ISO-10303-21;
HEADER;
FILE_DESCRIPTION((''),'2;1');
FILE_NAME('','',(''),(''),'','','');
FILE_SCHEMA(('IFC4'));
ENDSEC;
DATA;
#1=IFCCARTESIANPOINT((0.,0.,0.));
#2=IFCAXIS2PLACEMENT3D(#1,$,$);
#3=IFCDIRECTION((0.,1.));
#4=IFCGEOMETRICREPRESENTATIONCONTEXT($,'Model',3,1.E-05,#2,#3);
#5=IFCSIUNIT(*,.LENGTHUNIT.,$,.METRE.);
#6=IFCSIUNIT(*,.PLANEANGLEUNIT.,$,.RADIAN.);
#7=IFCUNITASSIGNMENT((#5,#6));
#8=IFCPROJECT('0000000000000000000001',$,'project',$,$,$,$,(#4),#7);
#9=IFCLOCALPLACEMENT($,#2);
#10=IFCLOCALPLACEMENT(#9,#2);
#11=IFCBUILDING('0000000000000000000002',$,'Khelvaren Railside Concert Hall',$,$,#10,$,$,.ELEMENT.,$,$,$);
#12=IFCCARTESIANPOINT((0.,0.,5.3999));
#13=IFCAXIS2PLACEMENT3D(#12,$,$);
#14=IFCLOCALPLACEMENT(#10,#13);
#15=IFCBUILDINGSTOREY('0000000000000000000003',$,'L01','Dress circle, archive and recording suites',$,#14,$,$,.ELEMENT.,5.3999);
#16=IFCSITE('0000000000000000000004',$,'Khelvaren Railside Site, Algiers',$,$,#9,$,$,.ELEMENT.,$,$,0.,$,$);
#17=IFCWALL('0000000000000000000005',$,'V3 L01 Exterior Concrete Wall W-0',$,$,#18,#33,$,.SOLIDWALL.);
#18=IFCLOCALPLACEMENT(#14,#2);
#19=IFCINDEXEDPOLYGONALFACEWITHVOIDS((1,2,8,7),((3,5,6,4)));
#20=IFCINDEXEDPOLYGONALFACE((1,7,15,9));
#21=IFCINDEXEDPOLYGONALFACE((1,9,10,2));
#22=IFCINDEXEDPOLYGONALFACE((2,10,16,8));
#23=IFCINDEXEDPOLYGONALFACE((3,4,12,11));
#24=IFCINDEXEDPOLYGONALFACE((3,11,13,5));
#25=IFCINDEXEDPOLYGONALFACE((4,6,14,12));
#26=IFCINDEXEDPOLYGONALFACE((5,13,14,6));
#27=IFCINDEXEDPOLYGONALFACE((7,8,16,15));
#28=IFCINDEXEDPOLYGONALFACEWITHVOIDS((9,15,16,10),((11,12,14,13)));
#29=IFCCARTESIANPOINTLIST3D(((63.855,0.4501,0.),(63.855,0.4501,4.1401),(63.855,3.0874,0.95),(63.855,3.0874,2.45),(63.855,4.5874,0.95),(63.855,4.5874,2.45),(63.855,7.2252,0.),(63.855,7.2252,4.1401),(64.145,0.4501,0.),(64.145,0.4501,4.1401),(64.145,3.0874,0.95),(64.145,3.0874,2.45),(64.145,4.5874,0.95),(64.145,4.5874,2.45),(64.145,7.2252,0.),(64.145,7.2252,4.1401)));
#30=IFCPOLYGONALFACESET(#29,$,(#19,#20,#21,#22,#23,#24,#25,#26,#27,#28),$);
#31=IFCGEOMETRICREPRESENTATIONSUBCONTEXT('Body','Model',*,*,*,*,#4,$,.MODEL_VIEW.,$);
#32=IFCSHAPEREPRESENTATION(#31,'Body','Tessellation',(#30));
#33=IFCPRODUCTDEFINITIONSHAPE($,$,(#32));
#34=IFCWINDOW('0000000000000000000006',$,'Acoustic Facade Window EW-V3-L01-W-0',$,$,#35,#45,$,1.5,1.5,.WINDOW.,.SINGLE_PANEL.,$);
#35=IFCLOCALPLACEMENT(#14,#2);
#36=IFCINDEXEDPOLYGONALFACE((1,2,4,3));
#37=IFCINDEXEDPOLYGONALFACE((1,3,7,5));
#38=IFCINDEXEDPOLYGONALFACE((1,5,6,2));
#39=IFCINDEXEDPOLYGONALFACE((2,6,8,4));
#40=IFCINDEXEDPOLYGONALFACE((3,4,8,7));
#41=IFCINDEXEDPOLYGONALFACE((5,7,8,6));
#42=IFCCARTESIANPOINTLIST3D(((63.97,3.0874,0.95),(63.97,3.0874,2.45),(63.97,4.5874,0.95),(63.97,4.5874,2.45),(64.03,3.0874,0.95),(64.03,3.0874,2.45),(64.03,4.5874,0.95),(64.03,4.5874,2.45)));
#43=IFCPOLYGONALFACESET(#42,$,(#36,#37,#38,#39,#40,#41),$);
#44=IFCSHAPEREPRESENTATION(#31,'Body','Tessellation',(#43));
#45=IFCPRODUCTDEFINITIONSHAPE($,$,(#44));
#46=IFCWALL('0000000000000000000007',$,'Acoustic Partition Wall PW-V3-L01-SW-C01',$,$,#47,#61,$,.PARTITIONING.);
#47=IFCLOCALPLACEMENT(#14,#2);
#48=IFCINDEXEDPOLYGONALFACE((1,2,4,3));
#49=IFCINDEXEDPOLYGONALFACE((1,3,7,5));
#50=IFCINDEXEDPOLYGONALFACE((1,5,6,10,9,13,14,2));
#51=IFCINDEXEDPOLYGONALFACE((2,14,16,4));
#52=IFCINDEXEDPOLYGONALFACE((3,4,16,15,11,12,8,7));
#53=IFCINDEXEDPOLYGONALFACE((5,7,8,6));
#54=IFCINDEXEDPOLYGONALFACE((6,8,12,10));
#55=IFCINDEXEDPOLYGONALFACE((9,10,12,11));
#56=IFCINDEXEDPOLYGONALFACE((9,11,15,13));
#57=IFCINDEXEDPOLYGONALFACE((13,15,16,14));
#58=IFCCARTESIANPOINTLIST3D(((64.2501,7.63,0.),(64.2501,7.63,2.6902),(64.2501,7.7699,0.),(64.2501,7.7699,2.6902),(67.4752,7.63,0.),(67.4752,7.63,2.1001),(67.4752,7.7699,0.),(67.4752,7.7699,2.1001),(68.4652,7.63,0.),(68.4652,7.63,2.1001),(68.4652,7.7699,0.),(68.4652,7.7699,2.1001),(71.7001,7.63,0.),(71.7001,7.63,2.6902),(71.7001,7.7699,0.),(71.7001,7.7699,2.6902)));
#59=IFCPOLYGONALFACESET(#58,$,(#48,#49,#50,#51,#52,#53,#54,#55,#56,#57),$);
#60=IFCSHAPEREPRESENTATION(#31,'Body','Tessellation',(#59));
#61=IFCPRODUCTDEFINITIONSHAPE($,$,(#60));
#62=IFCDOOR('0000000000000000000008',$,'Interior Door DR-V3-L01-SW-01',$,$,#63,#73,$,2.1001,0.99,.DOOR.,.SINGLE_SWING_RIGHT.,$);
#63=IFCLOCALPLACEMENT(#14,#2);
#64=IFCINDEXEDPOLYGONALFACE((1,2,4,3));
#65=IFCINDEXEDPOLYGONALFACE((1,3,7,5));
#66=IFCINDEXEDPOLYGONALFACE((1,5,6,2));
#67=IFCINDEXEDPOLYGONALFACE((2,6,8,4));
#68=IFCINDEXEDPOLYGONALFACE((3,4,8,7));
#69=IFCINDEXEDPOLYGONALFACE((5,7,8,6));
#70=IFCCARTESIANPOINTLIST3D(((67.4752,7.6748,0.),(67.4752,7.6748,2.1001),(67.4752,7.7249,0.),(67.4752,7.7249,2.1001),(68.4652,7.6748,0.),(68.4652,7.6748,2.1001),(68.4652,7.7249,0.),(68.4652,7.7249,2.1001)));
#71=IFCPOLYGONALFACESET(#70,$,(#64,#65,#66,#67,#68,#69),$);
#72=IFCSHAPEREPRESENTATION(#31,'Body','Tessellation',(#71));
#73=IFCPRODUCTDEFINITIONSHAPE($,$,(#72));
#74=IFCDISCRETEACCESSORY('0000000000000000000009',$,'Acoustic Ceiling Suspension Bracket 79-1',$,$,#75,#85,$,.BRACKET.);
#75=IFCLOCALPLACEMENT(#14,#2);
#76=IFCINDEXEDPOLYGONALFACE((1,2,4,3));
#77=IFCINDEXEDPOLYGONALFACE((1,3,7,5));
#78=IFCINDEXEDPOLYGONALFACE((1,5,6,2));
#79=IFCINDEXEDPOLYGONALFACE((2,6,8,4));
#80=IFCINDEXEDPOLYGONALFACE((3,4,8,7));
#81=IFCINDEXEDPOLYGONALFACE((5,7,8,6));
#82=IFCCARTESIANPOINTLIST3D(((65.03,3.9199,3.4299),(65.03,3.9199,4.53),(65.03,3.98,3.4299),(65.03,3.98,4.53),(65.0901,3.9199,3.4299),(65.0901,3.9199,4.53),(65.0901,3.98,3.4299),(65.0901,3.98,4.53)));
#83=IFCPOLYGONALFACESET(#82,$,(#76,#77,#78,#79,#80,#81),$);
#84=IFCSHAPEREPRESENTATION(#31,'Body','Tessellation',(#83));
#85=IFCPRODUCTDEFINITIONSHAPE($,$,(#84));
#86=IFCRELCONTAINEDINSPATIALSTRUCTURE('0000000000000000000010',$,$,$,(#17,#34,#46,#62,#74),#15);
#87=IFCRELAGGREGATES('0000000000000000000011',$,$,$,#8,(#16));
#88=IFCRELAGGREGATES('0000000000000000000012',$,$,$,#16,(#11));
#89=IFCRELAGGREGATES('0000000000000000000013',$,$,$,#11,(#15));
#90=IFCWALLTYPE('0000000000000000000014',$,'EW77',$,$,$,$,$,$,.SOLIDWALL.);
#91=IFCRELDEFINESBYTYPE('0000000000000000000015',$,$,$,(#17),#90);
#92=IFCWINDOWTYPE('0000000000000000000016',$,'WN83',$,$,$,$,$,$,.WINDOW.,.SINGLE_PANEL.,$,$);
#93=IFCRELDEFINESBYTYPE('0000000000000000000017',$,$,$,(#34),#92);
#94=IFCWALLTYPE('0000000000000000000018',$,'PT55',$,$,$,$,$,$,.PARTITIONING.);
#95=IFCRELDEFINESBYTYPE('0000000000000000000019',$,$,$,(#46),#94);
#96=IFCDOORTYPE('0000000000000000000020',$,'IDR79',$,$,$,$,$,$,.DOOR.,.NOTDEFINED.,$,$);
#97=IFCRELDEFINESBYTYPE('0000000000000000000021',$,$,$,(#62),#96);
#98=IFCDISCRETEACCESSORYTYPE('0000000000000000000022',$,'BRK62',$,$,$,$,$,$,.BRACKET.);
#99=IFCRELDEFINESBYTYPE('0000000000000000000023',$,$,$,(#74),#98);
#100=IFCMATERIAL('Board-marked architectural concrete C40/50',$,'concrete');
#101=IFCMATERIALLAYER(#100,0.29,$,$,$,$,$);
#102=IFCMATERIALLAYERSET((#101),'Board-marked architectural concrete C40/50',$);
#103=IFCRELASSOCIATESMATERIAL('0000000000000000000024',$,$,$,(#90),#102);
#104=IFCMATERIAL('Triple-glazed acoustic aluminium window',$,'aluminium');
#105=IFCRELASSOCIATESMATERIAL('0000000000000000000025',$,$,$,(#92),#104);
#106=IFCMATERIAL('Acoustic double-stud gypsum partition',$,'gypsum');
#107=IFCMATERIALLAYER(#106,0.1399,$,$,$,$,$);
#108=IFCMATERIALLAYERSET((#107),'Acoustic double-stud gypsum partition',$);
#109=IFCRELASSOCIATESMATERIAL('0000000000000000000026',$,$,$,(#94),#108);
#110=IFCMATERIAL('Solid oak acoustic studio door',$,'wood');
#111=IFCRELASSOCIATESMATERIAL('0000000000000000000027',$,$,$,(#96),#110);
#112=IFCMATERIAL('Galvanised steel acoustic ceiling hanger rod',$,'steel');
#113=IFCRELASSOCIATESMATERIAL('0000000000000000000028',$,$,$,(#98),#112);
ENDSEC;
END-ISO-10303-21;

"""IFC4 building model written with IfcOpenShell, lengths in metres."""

from ifc_helpers import new_model, si_unit, direction, frame, frame_2d, origin, origin_2d, place, context, subcontext, project, spatial, rectangle, extrude, material, layer, layer_set, type_object, element, fill, save


model = new_model("IFC4")

# Units and contexts
model_context = context("Model", 3, precision=1e-05, world=origin(), true_north=direction((0.0, 1.0)))
body_context = subcontext(model_context, "Body", "Model", "MODEL_VIEW")
ifc_project = project(units=[si_unit("LENGTHUNIT", "METRE"), si_unit("PLANEANGLEUNIT", "RADIAN")], contexts=[model_context])

# Site, building, storey
site_placement = place(None, origin())
site = spatial("IfcSite", under=ifc_project, at=site_placement, Name="Khelvaren Railside Site, Algiers", CompositionType="ELEMENT", RefElevation=0.0)
building_placement = place(site_placement, origin())
building = spatial("IfcBuilding", under=site, at=building_placement, Name="Khelvaren Railside Concert Hall", CompositionType="ELEMENT")
storey_placement = place(building_placement, frame((0.0, 0.0, 5.3999)))
storey = spatial("IfcBuildingStorey", under=building, at=storey_placement, Name="L01", Description="Dress circle, archive and recording suites", CompositionType="ELEMENT", Elevation=5.3999)

# Wall, opening, window
ifc_material_1 = material(Name="Board-marked architectural concrete C40/50", Category="concrete")
ifc_layer_1 = layer(ifc_material_1, 0.29)
ifc_layer_set_1 = layer_set([ifc_layer_1], Name="Board-marked architectural concrete C40/50")
wall_type_1 = type_object("IfcWallType", Name="EW77", PredefinedType="SOLIDWALL", material=ifc_layer_set_1)
wall_1_placement = place(storey_placement, frame((64.0, 0.45, 0.0), z_axis=(0.0, 0.0, 1.0), x_axis=(0.0, 1.0, 0.0)))
wall_1 = element("IfcWall", 1, at=wall_1_placement, inside=storey, type_object=wall_type_1, Name="V3 L01 Exterior Concrete Wall W-0", PredefinedType="SOLIDWALL", context=body_context, shape_type="SweptSolid", body=[
    extrude(rectangle(XDim=6.7751, YDim=0.29, at=frame_2d((3.3877, 0.0))), origin(), (0.0, 0.0, 1.0), 4.1401),
])
opening_1_placement = place(wall_1_placement, frame((2.6375, 0.0, 0.95)))
opening_1 = element("IfcOpeningElement", 2, at=opening_1_placement, cuts=wall_1, PredefinedType="OPENING", context=body_context, shape_type="SweptSolid", body=[
    extrude(rectangle(XDim=1.5, YDim=1.5, at=frame_2d((0.75, 0.75))), frame((0.0, 0.155, 0.0), z_axis=(0.0, -1.0, 0.0), x_axis=(1.0, 0.0, 0.0)), (0.0, 0.0, 1.0), 0.3101),
])
ifc_material_2 = material(Name="Triple-glazed acoustic aluminium window", Category="aluminium")
window_type = type_object("IfcWindowType", Name="WN83", PartitioningType="SINGLE_PANEL", PredefinedType="WINDOW", material=ifc_material_2)
window_placement = place(opening_1_placement, origin())
window = element("IfcWindow", 3, at=window_placement, inside=storey, type_object=window_type, Name="Acoustic Facade Window EW-V3-L01-W-0", OverallHeight=1.5, OverallWidth=1.5, PartitioningType="SINGLE_PANEL", PredefinedType="WINDOW", context=body_context, shape_type="SweptSolid", body=[
    extrude(rectangle(XDim=1.5, YDim=1.5, at=frame_2d((0.75, 0.75))), frame((0.0, 0.03, 0.0), z_axis=(0.0, -1.0, 0.0), x_axis=(1.0, 0.0, 0.0)), (0.0, 0.0, 1.0), 0.0601),
])
fill(opening_1, window)

# Wall, opening, door
ifc_material_3 = material(Name="Acoustic double-stud gypsum partition", Category="gypsum")
ifc_layer_2 = layer(ifc_material_3, 0.1399)
ifc_layer_set_2 = layer_set([ifc_layer_2], Name="Acoustic double-stud gypsum partition")
wall_type_2 = type_object("IfcWallType", Name="PT55", PredefinedType="PARTITIONING", material=ifc_layer_set_2)
wall_2_placement = place(storey_placement, frame((64.25, 7.7, 0.0), z_axis=(0.0, 0.0, 1.0), x_axis=(1.0, 0.0, 0.0)))
wall_2 = element("IfcWall", 4, at=wall_2_placement, inside=storey, type_object=wall_type_2, Name="Acoustic Partition Wall PW-V3-L01-SW-C01", PredefinedType="PARTITIONING", context=body_context, shape_type="SweptSolid", body=[
    extrude(rectangle(XDim=7.45, YDim=0.1399, at=frame_2d((3.7251, 0.0))), origin(), (0.0, 0.0, 1.0), 2.6902),
])
opening_2_placement = place(wall_2_placement, frame((3.2251, 0.0, 0.0)))
opening_2 = element("IfcOpeningElement", 5, at=opening_2_placement, cuts=wall_2, PredefinedType="OPENING", context=body_context, shape_type="SweptSolid", body=[
    extrude(rectangle(XDim=0.99, YDim=2.1001, at=frame_2d((0.4951, 1.05))), frame((0.0, 0.0798, 0.0), z_axis=(0.0, -1.0, 0.0), x_axis=(1.0, 0.0, 0.0)), (0.0, 0.0, 1.0), 0.1599),
])
ifc_material_4 = material(Name="Solid oak acoustic studio door", Category="wood")
door_type = type_object("IfcDoorType", Name="IDR79", OperationType="NOTDEFINED", PredefinedType="DOOR", material=ifc_material_4)
door_placement = place(opening_2_placement, origin())
door = element("IfcDoor", 6, at=door_placement, inside=storey, type_object=door_type, Name="Interior Door DR-V3-L01-SW-01", OperationType="SINGLE_SWING_RIGHT", OverallHeight=2.1001, OverallWidth=0.99, PredefinedType="DOOR", context=body_context, shape_type="SweptSolid", body=[
    extrude(rectangle(XDim=0.99, YDim=2.1001, at=frame_2d((0.4951, 1.05))), frame((0.0, 0.0249, 0.0), z_axis=(0.0, -1.0, 0.0), x_axis=(1.0, 0.0, 0.0)), (0.0, 0.0, 1.0), 0.05),
])
fill(opening_2, door)

# Discrete accessory
ifc_material_5 = material(Name="Galvanised steel acoustic ceiling hanger rod", Category="steel")
discrete_accessory_type = type_object("IfcDiscreteAccessoryType", Name="BRK62", PredefinedType="BRACKET", material=ifc_material_5)
discrete_accessory_placement = place(storey_placement, frame((65.0601, 3.95, 3.4299), z_axis=(0.0, 0.0, 1.0), x_axis=(1.0, 0.0, 0.0)))
element("IfcDiscreteAccessory", 7, at=discrete_accessory_placement, inside=storey, type_object=discrete_accessory_type, Name="Acoustic Ceiling Suspension Bracket 79-1", PredefinedType="BRACKET", context=body_context, shape_type="SweptSolid", body=[
    extrude(rectangle(XDim=0.0601, YDim=0.0601, at=origin_2d()), origin(), (0.0, 0.0, 1.0), 1.1001),
])

save(model, "model.ifc")
